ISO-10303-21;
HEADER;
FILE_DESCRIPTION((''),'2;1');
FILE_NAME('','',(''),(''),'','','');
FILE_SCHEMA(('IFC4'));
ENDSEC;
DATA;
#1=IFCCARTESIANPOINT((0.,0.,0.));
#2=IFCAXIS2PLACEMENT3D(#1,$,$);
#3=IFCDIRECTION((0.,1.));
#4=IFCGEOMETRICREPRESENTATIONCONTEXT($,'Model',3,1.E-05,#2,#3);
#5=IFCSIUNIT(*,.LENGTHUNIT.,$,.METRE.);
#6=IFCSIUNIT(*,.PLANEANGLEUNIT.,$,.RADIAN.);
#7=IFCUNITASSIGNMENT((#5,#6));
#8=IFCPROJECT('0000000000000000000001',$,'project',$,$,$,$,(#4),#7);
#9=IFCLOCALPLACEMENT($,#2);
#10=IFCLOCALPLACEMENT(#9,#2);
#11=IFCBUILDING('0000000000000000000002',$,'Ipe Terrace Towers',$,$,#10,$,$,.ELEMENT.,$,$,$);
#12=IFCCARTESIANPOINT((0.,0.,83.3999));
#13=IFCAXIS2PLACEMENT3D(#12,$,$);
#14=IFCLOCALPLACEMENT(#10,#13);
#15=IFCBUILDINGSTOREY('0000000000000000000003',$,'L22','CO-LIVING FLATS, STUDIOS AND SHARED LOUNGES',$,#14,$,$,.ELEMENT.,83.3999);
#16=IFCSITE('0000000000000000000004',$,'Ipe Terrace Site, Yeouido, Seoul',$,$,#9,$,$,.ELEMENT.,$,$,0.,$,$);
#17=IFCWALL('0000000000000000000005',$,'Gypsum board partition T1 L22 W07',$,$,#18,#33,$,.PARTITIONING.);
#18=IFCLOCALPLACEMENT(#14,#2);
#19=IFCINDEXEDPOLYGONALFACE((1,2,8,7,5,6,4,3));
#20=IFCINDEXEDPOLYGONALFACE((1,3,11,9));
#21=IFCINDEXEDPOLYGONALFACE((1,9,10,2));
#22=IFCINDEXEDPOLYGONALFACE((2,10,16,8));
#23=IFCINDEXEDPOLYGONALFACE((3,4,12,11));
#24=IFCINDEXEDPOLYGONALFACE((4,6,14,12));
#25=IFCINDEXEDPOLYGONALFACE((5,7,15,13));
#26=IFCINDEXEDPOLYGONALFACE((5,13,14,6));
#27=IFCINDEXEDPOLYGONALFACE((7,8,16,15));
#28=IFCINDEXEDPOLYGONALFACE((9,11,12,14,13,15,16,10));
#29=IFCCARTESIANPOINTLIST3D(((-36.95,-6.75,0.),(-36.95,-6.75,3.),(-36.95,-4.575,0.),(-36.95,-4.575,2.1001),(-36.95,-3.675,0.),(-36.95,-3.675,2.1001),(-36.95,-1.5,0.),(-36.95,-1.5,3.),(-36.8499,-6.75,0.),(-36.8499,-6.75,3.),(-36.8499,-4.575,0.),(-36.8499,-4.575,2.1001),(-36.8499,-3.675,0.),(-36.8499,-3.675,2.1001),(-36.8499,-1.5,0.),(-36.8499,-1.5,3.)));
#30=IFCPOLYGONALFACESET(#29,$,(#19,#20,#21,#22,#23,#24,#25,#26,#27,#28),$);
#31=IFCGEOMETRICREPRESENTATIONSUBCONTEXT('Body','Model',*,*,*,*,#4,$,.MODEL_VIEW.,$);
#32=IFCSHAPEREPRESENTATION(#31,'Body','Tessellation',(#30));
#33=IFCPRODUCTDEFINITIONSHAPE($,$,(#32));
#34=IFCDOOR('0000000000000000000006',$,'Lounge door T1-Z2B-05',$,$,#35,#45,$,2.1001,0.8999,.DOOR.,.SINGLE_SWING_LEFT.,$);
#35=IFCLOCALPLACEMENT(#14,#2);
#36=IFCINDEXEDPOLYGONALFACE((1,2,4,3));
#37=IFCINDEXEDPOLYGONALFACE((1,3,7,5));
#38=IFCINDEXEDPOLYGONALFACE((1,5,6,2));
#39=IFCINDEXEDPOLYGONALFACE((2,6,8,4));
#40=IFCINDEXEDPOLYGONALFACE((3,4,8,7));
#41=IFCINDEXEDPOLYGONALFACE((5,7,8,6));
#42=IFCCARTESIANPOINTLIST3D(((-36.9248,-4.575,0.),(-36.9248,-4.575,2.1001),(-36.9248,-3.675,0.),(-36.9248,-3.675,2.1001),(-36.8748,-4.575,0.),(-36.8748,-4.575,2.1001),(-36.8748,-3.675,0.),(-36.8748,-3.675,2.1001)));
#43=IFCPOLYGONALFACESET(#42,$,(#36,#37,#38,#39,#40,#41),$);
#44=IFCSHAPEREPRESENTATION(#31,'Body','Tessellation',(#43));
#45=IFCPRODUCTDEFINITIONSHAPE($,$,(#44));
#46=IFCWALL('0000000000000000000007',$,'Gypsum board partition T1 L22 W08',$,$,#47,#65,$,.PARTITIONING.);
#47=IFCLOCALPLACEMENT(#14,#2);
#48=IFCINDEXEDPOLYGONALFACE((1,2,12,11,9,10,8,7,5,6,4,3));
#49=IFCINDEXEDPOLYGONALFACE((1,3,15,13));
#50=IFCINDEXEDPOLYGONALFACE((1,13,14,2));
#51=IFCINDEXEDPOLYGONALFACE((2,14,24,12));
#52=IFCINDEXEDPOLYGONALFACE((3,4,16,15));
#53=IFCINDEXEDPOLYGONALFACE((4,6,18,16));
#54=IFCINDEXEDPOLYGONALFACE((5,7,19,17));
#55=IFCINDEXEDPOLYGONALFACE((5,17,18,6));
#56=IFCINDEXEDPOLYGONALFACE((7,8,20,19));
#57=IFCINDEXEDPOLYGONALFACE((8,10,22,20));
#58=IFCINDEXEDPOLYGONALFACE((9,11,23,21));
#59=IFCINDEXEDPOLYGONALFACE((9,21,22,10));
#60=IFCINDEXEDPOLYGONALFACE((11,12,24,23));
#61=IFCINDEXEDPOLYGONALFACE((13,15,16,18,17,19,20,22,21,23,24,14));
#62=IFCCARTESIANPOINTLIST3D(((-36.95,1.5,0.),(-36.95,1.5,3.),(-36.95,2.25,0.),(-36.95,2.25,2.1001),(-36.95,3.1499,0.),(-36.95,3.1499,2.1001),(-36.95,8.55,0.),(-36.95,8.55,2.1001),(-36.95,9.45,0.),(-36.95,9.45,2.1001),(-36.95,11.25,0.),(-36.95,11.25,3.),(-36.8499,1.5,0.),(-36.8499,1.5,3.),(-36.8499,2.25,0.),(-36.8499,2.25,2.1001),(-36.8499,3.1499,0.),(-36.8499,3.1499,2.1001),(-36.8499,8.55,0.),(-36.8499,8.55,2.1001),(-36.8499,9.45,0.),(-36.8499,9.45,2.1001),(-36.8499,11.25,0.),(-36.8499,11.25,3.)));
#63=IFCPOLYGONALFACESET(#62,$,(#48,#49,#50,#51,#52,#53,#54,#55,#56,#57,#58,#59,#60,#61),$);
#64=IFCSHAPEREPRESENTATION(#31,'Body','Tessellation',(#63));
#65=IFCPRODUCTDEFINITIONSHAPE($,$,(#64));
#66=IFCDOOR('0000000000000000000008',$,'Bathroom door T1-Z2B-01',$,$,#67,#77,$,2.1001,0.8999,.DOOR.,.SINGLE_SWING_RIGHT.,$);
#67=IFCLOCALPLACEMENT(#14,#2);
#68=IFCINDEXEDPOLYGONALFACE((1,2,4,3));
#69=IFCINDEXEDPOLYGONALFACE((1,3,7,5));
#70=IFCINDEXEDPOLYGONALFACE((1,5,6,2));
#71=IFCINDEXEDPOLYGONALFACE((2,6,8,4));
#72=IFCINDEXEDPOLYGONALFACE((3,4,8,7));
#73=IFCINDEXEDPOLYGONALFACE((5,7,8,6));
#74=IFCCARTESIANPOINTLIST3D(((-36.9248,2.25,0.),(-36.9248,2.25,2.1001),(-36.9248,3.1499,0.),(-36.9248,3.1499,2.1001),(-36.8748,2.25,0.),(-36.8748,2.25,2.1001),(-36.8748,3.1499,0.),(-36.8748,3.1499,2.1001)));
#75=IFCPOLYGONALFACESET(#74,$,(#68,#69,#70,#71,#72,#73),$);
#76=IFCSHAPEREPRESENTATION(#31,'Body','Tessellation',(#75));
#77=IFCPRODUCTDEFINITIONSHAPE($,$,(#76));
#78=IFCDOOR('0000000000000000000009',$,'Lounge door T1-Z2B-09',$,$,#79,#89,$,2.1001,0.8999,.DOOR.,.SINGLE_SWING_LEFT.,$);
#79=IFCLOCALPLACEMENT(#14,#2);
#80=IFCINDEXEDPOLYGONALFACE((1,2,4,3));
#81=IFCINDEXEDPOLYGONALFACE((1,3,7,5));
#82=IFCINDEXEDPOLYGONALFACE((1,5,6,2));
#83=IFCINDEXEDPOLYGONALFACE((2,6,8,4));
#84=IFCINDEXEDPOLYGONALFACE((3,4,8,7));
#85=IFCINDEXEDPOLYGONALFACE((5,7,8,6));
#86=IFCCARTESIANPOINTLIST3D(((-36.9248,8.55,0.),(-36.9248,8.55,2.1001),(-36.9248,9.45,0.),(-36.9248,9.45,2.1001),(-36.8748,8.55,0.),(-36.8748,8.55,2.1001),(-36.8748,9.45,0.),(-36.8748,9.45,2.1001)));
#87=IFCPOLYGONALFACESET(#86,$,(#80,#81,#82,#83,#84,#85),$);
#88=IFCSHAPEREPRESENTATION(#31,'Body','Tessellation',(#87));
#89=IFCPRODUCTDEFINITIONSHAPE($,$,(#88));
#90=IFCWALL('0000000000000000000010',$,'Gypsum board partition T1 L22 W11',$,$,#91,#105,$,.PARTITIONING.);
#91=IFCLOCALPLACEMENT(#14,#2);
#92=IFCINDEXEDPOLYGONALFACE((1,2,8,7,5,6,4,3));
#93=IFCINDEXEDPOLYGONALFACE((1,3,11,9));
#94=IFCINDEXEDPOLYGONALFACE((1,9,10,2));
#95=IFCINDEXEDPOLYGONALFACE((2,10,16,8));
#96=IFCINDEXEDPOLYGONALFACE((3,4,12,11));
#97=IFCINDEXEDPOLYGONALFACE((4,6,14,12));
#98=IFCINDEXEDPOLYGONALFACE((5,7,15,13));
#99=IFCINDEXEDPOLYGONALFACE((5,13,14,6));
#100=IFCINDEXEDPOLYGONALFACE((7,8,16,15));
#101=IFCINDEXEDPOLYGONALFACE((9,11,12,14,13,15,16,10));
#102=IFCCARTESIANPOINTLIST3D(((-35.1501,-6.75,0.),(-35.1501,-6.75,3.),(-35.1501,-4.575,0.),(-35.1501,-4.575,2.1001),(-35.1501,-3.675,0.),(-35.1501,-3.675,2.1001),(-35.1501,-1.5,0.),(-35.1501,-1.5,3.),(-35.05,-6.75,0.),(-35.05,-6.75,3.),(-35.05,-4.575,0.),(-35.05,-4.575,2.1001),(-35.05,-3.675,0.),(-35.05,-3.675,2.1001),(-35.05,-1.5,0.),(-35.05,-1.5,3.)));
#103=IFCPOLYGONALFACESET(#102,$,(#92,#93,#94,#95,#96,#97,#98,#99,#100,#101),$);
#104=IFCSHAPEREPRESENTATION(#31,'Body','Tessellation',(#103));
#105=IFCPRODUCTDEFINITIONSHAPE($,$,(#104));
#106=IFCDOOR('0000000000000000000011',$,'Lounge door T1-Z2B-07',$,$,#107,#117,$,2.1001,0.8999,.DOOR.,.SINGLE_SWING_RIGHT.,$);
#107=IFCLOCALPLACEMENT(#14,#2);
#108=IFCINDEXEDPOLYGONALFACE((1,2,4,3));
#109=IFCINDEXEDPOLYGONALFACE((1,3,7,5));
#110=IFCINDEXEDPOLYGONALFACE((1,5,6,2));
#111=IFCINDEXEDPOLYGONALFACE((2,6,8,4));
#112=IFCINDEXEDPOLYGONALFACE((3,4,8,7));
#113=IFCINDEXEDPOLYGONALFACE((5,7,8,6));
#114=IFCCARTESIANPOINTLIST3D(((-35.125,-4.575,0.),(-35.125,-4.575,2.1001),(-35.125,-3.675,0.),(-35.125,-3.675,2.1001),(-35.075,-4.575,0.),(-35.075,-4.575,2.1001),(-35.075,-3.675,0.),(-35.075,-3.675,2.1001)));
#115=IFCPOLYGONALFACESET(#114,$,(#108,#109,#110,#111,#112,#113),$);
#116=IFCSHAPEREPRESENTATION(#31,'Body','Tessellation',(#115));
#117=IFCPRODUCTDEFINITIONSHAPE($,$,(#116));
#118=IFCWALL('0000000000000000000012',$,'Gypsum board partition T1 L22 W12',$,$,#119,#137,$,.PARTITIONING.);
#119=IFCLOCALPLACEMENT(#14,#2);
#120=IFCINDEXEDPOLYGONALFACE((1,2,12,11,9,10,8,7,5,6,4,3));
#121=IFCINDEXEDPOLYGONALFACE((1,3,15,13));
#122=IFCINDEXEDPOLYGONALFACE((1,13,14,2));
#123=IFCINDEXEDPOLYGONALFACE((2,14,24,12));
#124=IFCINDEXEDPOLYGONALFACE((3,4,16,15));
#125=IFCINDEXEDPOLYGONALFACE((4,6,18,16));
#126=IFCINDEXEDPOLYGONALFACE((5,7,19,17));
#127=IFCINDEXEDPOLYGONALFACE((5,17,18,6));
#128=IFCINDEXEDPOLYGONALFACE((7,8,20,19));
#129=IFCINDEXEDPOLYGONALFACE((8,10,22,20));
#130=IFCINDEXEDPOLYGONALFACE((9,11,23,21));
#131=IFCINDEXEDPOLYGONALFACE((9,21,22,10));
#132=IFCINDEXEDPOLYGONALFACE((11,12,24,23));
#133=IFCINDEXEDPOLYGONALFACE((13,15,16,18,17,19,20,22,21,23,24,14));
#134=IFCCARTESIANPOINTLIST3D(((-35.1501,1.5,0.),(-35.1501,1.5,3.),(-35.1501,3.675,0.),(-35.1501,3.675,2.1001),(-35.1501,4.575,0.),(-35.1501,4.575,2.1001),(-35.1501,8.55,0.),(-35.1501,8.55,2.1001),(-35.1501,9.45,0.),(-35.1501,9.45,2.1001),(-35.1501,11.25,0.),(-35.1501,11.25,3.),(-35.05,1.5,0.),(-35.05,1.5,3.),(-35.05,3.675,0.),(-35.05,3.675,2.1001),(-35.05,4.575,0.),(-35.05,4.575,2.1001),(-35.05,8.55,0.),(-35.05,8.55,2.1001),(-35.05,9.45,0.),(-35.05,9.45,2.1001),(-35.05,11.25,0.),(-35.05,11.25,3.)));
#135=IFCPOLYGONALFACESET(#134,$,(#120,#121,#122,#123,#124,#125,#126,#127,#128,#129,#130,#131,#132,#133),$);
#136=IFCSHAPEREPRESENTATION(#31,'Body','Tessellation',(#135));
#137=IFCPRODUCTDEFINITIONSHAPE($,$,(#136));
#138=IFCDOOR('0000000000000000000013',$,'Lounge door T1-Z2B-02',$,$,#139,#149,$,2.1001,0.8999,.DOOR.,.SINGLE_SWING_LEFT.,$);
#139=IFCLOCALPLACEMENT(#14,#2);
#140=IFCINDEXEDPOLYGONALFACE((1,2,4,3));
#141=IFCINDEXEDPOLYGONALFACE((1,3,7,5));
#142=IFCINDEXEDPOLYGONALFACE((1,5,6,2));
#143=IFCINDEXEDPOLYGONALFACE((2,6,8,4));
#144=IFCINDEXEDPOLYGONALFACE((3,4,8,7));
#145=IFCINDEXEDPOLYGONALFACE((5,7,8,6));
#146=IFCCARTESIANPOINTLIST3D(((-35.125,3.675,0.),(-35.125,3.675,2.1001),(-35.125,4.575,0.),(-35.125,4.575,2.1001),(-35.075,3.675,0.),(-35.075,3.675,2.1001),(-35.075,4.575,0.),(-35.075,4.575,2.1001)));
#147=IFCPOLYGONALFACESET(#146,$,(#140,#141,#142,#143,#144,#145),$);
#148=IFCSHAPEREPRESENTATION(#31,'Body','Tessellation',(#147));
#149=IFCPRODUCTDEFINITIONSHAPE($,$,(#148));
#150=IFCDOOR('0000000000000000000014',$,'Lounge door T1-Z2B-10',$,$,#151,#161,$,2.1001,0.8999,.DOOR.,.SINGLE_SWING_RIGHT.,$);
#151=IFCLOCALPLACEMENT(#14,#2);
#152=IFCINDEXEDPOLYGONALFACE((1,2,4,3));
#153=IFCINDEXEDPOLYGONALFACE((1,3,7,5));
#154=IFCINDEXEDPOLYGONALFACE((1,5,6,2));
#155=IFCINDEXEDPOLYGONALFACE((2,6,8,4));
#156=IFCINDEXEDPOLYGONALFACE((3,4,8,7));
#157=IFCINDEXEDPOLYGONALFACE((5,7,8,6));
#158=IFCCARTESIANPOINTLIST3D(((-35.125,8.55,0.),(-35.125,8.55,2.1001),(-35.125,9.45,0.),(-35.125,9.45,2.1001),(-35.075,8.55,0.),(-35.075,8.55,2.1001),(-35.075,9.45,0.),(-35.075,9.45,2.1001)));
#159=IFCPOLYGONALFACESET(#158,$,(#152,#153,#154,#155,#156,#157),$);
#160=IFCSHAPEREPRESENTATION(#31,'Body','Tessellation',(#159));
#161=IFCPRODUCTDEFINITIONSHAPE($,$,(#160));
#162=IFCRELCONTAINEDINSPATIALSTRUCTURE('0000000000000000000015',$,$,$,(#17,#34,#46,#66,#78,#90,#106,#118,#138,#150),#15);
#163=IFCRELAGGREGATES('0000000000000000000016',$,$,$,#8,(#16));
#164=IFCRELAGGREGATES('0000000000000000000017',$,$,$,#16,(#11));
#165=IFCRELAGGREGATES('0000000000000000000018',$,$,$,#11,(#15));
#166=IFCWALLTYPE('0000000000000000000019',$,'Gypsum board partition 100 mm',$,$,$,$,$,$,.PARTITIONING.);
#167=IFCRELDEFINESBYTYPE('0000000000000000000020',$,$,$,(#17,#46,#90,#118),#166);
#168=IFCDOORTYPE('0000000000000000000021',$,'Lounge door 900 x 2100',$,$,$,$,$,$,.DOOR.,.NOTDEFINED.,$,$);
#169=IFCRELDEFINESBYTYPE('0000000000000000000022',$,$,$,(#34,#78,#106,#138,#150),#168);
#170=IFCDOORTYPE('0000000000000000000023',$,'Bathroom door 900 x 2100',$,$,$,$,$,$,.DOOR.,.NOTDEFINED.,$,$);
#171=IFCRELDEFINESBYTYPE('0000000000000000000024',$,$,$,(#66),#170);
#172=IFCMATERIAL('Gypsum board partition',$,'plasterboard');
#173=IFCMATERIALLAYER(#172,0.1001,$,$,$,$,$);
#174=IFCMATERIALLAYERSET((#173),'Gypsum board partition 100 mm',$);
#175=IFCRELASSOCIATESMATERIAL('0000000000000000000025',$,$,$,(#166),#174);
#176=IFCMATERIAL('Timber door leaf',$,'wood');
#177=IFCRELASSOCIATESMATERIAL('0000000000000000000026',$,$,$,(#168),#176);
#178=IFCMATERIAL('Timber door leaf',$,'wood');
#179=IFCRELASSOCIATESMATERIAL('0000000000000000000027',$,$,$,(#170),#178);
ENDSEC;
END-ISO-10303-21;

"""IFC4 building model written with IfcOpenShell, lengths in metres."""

from ifc_helpers import new_model, si_unit, direction, frame, frame_2d, origin, place, context, subcontext, project, spatial, rectangle, extrude, material, layer, layer_set, type_object, element, fill, save


model = new_model("IFC4")

# Units and contexts
model_context = context("Model", 3, precision=1e-05, world=origin(), true_north=direction((0.0, 1.0)))
body_context = subcontext(model_context, "Body", "Model", "MODEL_VIEW")
ifc_project = project(units=[si_unit("LENGTHUNIT", "METRE"), si_unit("PLANEANGLEUNIT", "RADIAN")], contexts=[model_context])

# Site, building, storey
site_placement = place(None, origin())
site = spatial("IfcSite", under=ifc_project, at=site_placement, Name="Ipe Terrace Site, Yeouido, Seoul", CompositionType="ELEMENT", RefElevation=0.0)
building_placement = place(site_placement, origin())
building = spatial("IfcBuilding", under=site, at=building_placement, Name="Ipe Terrace Towers", CompositionType="ELEMENT")
storey_placement = place(building_placement, frame((0.0, 0.0, 83.3999)))
storey = spatial("IfcBuildingStorey", under=building, at=storey_placement, Name="L22", Description="CO-LIVING FLATS, STUDIOS AND SHARED LOUNGES", CompositionType="ELEMENT", Elevation=83.3999)

# Wall, opening, door
ifc_material_1 = material(Name="Gypsum board partition", Category="plasterboard")
ifc_layer_1 = layer(ifc_material_1, 0.1001)
ifc_layer_set_1 = layer_set([ifc_layer_1], Name="Gypsum board partition 100 mm")
wall_type = type_object("IfcWallType", Name="Gypsum board partition 100 mm", PredefinedType="PARTITIONING", material=ifc_layer_set_1)
wall_1_placement = place(storey_placement, frame((-36.8999, -6.75, 0.0), z_axis=(0.0, 0.0, 1.0), x_axis=(0.0, 1.0, 0.0)))
wall_1 = element("IfcWall", 1, at=wall_1_placement, inside=storey, type_object=wall_type, Name="Gypsum board partition T1 L22 W07", PredefinedType="PARTITIONING", context=body_context, shape_type="SweptSolid", body=[
    extrude(rectangle(XDim=5.25, YDim=0.1001, at=frame_2d((2.625, 0.0))), origin(), (0.0, 0.0, 1.0), 3.0),
])
opening_1_placement = place(wall_1_placement, frame((2.175, 0.0, 0.0)))
opening_1 = element("IfcOpeningElement", 2, at=opening_1_placement, cuts=wall_1, PredefinedType="OPENING", context=body_context, shape_type="SweptSolid", body=[
    extrude(rectangle(XDim=0.8999, YDim=2.1001, at=frame_2d((0.45, 1.05))), frame((0.0, 0.0601, 0.0), z_axis=(0.0, -1.0, 0.0), x_axis=(1.0, 0.0, 0.0)), (0.0, 0.0, 1.0), 0.1201),
])
ifc_material_2 = material(Name="Timber door leaf", Category="wood")
door_type_1 = type_object("IfcDoorType", Name="Lounge door 900 x 2100", OperationType="NOTDEFINED", PredefinedType="DOOR", material=ifc_material_2)
door_1_placement = place(opening_1_placement, origin())
door_1 = element("IfcDoor", 3, at=door_1_placement, inside=storey, type_object=door_type_1, Name="Lounge door T1-Z2B-05", OperationType="SINGLE_SWING_LEFT", OverallHeight=2.1001, OverallWidth=0.8999, PredefinedType="DOOR", context=body_context, shape_type="SweptSolid", body=[
    extrude(rectangle(XDim=0.8999, YDim=2.1001, at=frame_2d((0.45, 1.05))), frame((0.0, 0.0249, 0.0), z_axis=(0.0, -1.0, 0.0), x_axis=(1.0, 0.0, 0.0)), (0.0, 0.0, 1.0), 0.05),
])
fill(opening_1, door_1)

# Wall, openings, doors
wall_2_placement = place(storey_placement, frame((-36.8999, 1.5, 0.0), z_axis=(0.0, 0.0, 1.0), x_axis=(0.0, 1.0, 0.0)))
wall_2 = element("IfcWall", 4, at=wall_2_placement, inside=storey, type_object=wall_type, Name="Gypsum board partition T1 L22 W08", PredefinedType="PARTITIONING", context=body_context, shape_type="SweptSolid", body=[
    extrude(rectangle(XDim=9.75, YDim=0.1001, at=frame_2d((4.875, 0.0))), origin(), (0.0, 0.0, 1.0), 3.0),
])
opening_2_placement = place(wall_2_placement, frame((0.75, 0.0, 0.0)))
opening_2 = element("IfcOpeningElement", 5, at=opening_2_placement, cuts=wall_2, PredefinedType="OPENING", context=body_context, shape_type="SweptSolid", body=[
    extrude(rectangle(XDim=0.8999, YDim=2.1001, at=frame_2d((0.45, 1.05))), frame((0.0, 0.0601, 0.0), z_axis=(0.0, -1.0, 0.0), x_axis=(1.0, 0.0, 0.0)), (0.0, 0.0, 1.0), 0.1201),
])
opening_3_placement = place(wall_2_placement, frame((7.05, 0.0, 0.0)))
opening_3 = element("IfcOpeningElement", 6, at=opening_3_placement, cuts=wall_2, PredefinedType="OPENING", context=body_context, shape_type="SweptSolid", body=[
    extrude(rectangle(XDim=0.8999, YDim=2.1001, at=frame_2d((0.45, 1.05))), frame((0.0, 0.0601, 0.0), z_axis=(0.0, -1.0, 0.0), x_axis=(1.0, 0.0, 0.0)), (0.0, 0.0, 1.0), 0.1201),
])
ifc_material_3 = material(Name="Timber door leaf", Category="wood")
door_type_2 = type_object("IfcDoorType", Name="Bathroom door 900 x 2100", OperationType="NOTDEFINED", PredefinedType="DOOR", material=ifc_material_3)
door_2_placement = place(opening_2_placement, origin())
door_2 = element("IfcDoor", 7, at=door_2_placement, inside=storey, type_object=door_type_2, Name="Bathroom door T1-Z2B-01", OperationType="SINGLE_SWING_RIGHT", OverallHeight=2.1001, OverallWidth=0.8999, PredefinedType="DOOR", context=body_context, shape_type="SweptSolid", body=[
    extrude(rectangle(XDim=0.8999, YDim=2.1001, at=frame_2d((0.45, 1.05))), frame((0.0, 0.0249, 0.0), z_axis=(0.0, -1.0, 0.0), x_axis=(1.0, 0.0, 0.0)), (0.0, 0.0, 1.0), 0.05),
])
fill(opening_2, door_2)
door_3_placement = place(opening_3_placement, origin())
door_3 = element("IfcDoor", 8, at=door_3_placement, inside=storey, type_object=door_type_1, Name="Lounge door T1-Z2B-09", OperationType="SINGLE_SWING_LEFT", OverallHeight=2.1001, OverallWidth=0.8999, PredefinedType="DOOR", context=body_context, shape_type="SweptSolid", body=[
    extrude(rectangle(XDim=0.8999, YDim=2.1001, at=frame_2d((0.45, 1.05))), frame((0.0, 0.0249, 0.0), z_axis=(0.0, -1.0, 0.0), x_axis=(1.0, 0.0, 0.0)), (0.0, 0.0, 1.0), 0.05),
])
fill(opening_3, door_3)

# Wall, opening, door
wall_3_placement = place(storey_placement, frame((-35.1001, -6.75, 0.0), z_axis=(0.0, 0.0, 1.0), x_axis=(0.0, 1.0, 0.0)))
wall_3 = element("IfcWall", 9, at=wall_3_placement, inside=storey, type_object=wall_type, Name="Gypsum board partition T1 L22 W11", PredefinedType="PARTITIONING", context=body_context, shape_type="SweptSolid", body=[
    extrude(rectangle(XDim=5.25, YDim=0.1001, at=frame_2d((2.625, 0.0))), origin(), (0.0, 0.0, 1.0), 3.0),
])
opening_4_placement = place(wall_3_placement, frame((2.175, 0.0, 0.0)))
opening_4 = element("IfcOpeningElement", 10, at=opening_4_placement, cuts=wall_3, PredefinedType="OPENING", context=body_context, shape_type="SweptSolid", body=[
    extrude(rectangle(XDim=0.8999, YDim=2.1001, at=frame_2d((0.45, 1.05))), frame((0.0, 0.0601, 0.0), z_axis=(0.0, -1.0, 0.0), x_axis=(1.0, 0.0, 0.0)), (0.0, 0.0, 1.0), 0.1201),
])
door_4_placement = place(opening_4_placement, origin())
door_4 = element("IfcDoor", 11, at=door_4_placement, inside=storey, type_object=door_type_1, Name="Lounge door T1-Z2B-07", OperationType="SINGLE_SWING_RIGHT", OverallHeight=2.1001, OverallWidth=0.8999, PredefinedType="DOOR", context=body_context, shape_type="SweptSolid", body=[
    extrude(rectangle(XDim=0.8999, YDim=2.1001, at=frame_2d((0.45, 1.05))), frame((0.0, 0.0249, 0.0), z_axis=(0.0, -1.0, 0.0), x_axis=(1.0, 0.0, 0.0)), (0.0, 0.0, 1.0), 0.05),
])
fill(opening_4, door_4)

# Wall, openings, doors
wall_4_placement = place(storey_placement, frame((-35.1001, 1.5, 0.0), z_axis=(0.0, 0.0, 1.0), x_axis=(0.0, 1.0, 0.0)))
wall_4 = element("IfcWall", 12, at=wall_4_placement, inside=storey, type_object=wall_type, Name="Gypsum board partition T1 L22 W12", PredefinedType="PARTITIONING", context=body_context, shape_type="SweptSolid", body=[
    extrude(rectangle(XDim=9.75, YDim=0.1001, at=frame_2d((4.875, 0.0))), origin(), (0.0, 0.0, 1.0), 3.0),
])
opening_5_placement = place(wall_4_placement, frame((2.175, 0.0, 0.0)))
opening_5 = element("IfcOpeningElement", 13, at=opening_5_placement, cuts=wall_4, PredefinedType="OPENING", context=body_context, shape_type="SweptSolid", body=[
    extrude(rectangle(XDim=0.8999, YDim=2.1001, at=frame_2d((0.45, 1.05))), frame((0.0, 0.0601, 0.0), z_axis=(0.0, -1.0, 0.0), x_axis=(1.0, 0.0, 0.0)), (0.0, 0.0, 1.0), 0.1201),
])
opening_6_placement = place(wall_4_placement, frame((7.05, 0.0, 0.0)))
opening_6 = element("IfcOpeningElement", 14, at=opening_6_placement, cuts=wall_4, PredefinedType="OPENING", context=body_context, shape_type="SweptSolid", body=[
    extrude(rectangle(XDim=0.8999, YDim=2.1001, at=frame_2d((0.45, 1.05))), frame((0.0, 0.0601, 0.0), z_axis=(0.0, -1.0, 0.0), x_axis=(1.0, 0.0, 0.0)), (0.0, 0.0, 1.0), 0.1201),
])
door_5_placement = place(opening_5_placement, origin())
door_5 = element("IfcDoor", 15, at=door_5_placement, inside=storey, type_object=door_type_1, Name="Lounge door T1-Z2B-02", OperationType="SINGLE_SWING_LEFT", OverallHeight=2.1001, OverallWidth=0.8999, PredefinedType="DOOR", context=body_context, shape_type="SweptSolid", body=[
    extrude(rectangle(XDim=0.8999, YDim=2.1001, at=frame_2d((0.45, 1.05))), frame((0.0, 0.0249, 0.0), z_axis=(0.0, -1.0, 0.0), x_axis=(1.0, 0.0, 0.0)), (0.0, 0.0, 1.0), 0.05),
])
fill(opening_5, door_5)
door_6_placement = place(opening_6_placement, origin())
door_6 = element("IfcDoor", 16, at=door_6_placement, inside=storey, type_object=door_type_1, Name="Lounge door T1-Z2B-10", OperationType="SINGLE_SWING_RIGHT", OverallHeight=2.1001, OverallWidth=0.8999, PredefinedType="DOOR", context=body_context, shape_type="SweptSolid", body=[
    extrude(rectangle(XDim=0.8999, YDim=2.1001, at=frame_2d((0.45, 1.05))), frame((0.0, 0.0249, 0.0), z_axis=(0.0, -1.0, 0.0), x_axis=(1.0, 0.0, 0.0)), (0.0, 0.0, 1.0), 0.05),
])
fill(opening_6, door_6)

save(model, "model.ifc")
